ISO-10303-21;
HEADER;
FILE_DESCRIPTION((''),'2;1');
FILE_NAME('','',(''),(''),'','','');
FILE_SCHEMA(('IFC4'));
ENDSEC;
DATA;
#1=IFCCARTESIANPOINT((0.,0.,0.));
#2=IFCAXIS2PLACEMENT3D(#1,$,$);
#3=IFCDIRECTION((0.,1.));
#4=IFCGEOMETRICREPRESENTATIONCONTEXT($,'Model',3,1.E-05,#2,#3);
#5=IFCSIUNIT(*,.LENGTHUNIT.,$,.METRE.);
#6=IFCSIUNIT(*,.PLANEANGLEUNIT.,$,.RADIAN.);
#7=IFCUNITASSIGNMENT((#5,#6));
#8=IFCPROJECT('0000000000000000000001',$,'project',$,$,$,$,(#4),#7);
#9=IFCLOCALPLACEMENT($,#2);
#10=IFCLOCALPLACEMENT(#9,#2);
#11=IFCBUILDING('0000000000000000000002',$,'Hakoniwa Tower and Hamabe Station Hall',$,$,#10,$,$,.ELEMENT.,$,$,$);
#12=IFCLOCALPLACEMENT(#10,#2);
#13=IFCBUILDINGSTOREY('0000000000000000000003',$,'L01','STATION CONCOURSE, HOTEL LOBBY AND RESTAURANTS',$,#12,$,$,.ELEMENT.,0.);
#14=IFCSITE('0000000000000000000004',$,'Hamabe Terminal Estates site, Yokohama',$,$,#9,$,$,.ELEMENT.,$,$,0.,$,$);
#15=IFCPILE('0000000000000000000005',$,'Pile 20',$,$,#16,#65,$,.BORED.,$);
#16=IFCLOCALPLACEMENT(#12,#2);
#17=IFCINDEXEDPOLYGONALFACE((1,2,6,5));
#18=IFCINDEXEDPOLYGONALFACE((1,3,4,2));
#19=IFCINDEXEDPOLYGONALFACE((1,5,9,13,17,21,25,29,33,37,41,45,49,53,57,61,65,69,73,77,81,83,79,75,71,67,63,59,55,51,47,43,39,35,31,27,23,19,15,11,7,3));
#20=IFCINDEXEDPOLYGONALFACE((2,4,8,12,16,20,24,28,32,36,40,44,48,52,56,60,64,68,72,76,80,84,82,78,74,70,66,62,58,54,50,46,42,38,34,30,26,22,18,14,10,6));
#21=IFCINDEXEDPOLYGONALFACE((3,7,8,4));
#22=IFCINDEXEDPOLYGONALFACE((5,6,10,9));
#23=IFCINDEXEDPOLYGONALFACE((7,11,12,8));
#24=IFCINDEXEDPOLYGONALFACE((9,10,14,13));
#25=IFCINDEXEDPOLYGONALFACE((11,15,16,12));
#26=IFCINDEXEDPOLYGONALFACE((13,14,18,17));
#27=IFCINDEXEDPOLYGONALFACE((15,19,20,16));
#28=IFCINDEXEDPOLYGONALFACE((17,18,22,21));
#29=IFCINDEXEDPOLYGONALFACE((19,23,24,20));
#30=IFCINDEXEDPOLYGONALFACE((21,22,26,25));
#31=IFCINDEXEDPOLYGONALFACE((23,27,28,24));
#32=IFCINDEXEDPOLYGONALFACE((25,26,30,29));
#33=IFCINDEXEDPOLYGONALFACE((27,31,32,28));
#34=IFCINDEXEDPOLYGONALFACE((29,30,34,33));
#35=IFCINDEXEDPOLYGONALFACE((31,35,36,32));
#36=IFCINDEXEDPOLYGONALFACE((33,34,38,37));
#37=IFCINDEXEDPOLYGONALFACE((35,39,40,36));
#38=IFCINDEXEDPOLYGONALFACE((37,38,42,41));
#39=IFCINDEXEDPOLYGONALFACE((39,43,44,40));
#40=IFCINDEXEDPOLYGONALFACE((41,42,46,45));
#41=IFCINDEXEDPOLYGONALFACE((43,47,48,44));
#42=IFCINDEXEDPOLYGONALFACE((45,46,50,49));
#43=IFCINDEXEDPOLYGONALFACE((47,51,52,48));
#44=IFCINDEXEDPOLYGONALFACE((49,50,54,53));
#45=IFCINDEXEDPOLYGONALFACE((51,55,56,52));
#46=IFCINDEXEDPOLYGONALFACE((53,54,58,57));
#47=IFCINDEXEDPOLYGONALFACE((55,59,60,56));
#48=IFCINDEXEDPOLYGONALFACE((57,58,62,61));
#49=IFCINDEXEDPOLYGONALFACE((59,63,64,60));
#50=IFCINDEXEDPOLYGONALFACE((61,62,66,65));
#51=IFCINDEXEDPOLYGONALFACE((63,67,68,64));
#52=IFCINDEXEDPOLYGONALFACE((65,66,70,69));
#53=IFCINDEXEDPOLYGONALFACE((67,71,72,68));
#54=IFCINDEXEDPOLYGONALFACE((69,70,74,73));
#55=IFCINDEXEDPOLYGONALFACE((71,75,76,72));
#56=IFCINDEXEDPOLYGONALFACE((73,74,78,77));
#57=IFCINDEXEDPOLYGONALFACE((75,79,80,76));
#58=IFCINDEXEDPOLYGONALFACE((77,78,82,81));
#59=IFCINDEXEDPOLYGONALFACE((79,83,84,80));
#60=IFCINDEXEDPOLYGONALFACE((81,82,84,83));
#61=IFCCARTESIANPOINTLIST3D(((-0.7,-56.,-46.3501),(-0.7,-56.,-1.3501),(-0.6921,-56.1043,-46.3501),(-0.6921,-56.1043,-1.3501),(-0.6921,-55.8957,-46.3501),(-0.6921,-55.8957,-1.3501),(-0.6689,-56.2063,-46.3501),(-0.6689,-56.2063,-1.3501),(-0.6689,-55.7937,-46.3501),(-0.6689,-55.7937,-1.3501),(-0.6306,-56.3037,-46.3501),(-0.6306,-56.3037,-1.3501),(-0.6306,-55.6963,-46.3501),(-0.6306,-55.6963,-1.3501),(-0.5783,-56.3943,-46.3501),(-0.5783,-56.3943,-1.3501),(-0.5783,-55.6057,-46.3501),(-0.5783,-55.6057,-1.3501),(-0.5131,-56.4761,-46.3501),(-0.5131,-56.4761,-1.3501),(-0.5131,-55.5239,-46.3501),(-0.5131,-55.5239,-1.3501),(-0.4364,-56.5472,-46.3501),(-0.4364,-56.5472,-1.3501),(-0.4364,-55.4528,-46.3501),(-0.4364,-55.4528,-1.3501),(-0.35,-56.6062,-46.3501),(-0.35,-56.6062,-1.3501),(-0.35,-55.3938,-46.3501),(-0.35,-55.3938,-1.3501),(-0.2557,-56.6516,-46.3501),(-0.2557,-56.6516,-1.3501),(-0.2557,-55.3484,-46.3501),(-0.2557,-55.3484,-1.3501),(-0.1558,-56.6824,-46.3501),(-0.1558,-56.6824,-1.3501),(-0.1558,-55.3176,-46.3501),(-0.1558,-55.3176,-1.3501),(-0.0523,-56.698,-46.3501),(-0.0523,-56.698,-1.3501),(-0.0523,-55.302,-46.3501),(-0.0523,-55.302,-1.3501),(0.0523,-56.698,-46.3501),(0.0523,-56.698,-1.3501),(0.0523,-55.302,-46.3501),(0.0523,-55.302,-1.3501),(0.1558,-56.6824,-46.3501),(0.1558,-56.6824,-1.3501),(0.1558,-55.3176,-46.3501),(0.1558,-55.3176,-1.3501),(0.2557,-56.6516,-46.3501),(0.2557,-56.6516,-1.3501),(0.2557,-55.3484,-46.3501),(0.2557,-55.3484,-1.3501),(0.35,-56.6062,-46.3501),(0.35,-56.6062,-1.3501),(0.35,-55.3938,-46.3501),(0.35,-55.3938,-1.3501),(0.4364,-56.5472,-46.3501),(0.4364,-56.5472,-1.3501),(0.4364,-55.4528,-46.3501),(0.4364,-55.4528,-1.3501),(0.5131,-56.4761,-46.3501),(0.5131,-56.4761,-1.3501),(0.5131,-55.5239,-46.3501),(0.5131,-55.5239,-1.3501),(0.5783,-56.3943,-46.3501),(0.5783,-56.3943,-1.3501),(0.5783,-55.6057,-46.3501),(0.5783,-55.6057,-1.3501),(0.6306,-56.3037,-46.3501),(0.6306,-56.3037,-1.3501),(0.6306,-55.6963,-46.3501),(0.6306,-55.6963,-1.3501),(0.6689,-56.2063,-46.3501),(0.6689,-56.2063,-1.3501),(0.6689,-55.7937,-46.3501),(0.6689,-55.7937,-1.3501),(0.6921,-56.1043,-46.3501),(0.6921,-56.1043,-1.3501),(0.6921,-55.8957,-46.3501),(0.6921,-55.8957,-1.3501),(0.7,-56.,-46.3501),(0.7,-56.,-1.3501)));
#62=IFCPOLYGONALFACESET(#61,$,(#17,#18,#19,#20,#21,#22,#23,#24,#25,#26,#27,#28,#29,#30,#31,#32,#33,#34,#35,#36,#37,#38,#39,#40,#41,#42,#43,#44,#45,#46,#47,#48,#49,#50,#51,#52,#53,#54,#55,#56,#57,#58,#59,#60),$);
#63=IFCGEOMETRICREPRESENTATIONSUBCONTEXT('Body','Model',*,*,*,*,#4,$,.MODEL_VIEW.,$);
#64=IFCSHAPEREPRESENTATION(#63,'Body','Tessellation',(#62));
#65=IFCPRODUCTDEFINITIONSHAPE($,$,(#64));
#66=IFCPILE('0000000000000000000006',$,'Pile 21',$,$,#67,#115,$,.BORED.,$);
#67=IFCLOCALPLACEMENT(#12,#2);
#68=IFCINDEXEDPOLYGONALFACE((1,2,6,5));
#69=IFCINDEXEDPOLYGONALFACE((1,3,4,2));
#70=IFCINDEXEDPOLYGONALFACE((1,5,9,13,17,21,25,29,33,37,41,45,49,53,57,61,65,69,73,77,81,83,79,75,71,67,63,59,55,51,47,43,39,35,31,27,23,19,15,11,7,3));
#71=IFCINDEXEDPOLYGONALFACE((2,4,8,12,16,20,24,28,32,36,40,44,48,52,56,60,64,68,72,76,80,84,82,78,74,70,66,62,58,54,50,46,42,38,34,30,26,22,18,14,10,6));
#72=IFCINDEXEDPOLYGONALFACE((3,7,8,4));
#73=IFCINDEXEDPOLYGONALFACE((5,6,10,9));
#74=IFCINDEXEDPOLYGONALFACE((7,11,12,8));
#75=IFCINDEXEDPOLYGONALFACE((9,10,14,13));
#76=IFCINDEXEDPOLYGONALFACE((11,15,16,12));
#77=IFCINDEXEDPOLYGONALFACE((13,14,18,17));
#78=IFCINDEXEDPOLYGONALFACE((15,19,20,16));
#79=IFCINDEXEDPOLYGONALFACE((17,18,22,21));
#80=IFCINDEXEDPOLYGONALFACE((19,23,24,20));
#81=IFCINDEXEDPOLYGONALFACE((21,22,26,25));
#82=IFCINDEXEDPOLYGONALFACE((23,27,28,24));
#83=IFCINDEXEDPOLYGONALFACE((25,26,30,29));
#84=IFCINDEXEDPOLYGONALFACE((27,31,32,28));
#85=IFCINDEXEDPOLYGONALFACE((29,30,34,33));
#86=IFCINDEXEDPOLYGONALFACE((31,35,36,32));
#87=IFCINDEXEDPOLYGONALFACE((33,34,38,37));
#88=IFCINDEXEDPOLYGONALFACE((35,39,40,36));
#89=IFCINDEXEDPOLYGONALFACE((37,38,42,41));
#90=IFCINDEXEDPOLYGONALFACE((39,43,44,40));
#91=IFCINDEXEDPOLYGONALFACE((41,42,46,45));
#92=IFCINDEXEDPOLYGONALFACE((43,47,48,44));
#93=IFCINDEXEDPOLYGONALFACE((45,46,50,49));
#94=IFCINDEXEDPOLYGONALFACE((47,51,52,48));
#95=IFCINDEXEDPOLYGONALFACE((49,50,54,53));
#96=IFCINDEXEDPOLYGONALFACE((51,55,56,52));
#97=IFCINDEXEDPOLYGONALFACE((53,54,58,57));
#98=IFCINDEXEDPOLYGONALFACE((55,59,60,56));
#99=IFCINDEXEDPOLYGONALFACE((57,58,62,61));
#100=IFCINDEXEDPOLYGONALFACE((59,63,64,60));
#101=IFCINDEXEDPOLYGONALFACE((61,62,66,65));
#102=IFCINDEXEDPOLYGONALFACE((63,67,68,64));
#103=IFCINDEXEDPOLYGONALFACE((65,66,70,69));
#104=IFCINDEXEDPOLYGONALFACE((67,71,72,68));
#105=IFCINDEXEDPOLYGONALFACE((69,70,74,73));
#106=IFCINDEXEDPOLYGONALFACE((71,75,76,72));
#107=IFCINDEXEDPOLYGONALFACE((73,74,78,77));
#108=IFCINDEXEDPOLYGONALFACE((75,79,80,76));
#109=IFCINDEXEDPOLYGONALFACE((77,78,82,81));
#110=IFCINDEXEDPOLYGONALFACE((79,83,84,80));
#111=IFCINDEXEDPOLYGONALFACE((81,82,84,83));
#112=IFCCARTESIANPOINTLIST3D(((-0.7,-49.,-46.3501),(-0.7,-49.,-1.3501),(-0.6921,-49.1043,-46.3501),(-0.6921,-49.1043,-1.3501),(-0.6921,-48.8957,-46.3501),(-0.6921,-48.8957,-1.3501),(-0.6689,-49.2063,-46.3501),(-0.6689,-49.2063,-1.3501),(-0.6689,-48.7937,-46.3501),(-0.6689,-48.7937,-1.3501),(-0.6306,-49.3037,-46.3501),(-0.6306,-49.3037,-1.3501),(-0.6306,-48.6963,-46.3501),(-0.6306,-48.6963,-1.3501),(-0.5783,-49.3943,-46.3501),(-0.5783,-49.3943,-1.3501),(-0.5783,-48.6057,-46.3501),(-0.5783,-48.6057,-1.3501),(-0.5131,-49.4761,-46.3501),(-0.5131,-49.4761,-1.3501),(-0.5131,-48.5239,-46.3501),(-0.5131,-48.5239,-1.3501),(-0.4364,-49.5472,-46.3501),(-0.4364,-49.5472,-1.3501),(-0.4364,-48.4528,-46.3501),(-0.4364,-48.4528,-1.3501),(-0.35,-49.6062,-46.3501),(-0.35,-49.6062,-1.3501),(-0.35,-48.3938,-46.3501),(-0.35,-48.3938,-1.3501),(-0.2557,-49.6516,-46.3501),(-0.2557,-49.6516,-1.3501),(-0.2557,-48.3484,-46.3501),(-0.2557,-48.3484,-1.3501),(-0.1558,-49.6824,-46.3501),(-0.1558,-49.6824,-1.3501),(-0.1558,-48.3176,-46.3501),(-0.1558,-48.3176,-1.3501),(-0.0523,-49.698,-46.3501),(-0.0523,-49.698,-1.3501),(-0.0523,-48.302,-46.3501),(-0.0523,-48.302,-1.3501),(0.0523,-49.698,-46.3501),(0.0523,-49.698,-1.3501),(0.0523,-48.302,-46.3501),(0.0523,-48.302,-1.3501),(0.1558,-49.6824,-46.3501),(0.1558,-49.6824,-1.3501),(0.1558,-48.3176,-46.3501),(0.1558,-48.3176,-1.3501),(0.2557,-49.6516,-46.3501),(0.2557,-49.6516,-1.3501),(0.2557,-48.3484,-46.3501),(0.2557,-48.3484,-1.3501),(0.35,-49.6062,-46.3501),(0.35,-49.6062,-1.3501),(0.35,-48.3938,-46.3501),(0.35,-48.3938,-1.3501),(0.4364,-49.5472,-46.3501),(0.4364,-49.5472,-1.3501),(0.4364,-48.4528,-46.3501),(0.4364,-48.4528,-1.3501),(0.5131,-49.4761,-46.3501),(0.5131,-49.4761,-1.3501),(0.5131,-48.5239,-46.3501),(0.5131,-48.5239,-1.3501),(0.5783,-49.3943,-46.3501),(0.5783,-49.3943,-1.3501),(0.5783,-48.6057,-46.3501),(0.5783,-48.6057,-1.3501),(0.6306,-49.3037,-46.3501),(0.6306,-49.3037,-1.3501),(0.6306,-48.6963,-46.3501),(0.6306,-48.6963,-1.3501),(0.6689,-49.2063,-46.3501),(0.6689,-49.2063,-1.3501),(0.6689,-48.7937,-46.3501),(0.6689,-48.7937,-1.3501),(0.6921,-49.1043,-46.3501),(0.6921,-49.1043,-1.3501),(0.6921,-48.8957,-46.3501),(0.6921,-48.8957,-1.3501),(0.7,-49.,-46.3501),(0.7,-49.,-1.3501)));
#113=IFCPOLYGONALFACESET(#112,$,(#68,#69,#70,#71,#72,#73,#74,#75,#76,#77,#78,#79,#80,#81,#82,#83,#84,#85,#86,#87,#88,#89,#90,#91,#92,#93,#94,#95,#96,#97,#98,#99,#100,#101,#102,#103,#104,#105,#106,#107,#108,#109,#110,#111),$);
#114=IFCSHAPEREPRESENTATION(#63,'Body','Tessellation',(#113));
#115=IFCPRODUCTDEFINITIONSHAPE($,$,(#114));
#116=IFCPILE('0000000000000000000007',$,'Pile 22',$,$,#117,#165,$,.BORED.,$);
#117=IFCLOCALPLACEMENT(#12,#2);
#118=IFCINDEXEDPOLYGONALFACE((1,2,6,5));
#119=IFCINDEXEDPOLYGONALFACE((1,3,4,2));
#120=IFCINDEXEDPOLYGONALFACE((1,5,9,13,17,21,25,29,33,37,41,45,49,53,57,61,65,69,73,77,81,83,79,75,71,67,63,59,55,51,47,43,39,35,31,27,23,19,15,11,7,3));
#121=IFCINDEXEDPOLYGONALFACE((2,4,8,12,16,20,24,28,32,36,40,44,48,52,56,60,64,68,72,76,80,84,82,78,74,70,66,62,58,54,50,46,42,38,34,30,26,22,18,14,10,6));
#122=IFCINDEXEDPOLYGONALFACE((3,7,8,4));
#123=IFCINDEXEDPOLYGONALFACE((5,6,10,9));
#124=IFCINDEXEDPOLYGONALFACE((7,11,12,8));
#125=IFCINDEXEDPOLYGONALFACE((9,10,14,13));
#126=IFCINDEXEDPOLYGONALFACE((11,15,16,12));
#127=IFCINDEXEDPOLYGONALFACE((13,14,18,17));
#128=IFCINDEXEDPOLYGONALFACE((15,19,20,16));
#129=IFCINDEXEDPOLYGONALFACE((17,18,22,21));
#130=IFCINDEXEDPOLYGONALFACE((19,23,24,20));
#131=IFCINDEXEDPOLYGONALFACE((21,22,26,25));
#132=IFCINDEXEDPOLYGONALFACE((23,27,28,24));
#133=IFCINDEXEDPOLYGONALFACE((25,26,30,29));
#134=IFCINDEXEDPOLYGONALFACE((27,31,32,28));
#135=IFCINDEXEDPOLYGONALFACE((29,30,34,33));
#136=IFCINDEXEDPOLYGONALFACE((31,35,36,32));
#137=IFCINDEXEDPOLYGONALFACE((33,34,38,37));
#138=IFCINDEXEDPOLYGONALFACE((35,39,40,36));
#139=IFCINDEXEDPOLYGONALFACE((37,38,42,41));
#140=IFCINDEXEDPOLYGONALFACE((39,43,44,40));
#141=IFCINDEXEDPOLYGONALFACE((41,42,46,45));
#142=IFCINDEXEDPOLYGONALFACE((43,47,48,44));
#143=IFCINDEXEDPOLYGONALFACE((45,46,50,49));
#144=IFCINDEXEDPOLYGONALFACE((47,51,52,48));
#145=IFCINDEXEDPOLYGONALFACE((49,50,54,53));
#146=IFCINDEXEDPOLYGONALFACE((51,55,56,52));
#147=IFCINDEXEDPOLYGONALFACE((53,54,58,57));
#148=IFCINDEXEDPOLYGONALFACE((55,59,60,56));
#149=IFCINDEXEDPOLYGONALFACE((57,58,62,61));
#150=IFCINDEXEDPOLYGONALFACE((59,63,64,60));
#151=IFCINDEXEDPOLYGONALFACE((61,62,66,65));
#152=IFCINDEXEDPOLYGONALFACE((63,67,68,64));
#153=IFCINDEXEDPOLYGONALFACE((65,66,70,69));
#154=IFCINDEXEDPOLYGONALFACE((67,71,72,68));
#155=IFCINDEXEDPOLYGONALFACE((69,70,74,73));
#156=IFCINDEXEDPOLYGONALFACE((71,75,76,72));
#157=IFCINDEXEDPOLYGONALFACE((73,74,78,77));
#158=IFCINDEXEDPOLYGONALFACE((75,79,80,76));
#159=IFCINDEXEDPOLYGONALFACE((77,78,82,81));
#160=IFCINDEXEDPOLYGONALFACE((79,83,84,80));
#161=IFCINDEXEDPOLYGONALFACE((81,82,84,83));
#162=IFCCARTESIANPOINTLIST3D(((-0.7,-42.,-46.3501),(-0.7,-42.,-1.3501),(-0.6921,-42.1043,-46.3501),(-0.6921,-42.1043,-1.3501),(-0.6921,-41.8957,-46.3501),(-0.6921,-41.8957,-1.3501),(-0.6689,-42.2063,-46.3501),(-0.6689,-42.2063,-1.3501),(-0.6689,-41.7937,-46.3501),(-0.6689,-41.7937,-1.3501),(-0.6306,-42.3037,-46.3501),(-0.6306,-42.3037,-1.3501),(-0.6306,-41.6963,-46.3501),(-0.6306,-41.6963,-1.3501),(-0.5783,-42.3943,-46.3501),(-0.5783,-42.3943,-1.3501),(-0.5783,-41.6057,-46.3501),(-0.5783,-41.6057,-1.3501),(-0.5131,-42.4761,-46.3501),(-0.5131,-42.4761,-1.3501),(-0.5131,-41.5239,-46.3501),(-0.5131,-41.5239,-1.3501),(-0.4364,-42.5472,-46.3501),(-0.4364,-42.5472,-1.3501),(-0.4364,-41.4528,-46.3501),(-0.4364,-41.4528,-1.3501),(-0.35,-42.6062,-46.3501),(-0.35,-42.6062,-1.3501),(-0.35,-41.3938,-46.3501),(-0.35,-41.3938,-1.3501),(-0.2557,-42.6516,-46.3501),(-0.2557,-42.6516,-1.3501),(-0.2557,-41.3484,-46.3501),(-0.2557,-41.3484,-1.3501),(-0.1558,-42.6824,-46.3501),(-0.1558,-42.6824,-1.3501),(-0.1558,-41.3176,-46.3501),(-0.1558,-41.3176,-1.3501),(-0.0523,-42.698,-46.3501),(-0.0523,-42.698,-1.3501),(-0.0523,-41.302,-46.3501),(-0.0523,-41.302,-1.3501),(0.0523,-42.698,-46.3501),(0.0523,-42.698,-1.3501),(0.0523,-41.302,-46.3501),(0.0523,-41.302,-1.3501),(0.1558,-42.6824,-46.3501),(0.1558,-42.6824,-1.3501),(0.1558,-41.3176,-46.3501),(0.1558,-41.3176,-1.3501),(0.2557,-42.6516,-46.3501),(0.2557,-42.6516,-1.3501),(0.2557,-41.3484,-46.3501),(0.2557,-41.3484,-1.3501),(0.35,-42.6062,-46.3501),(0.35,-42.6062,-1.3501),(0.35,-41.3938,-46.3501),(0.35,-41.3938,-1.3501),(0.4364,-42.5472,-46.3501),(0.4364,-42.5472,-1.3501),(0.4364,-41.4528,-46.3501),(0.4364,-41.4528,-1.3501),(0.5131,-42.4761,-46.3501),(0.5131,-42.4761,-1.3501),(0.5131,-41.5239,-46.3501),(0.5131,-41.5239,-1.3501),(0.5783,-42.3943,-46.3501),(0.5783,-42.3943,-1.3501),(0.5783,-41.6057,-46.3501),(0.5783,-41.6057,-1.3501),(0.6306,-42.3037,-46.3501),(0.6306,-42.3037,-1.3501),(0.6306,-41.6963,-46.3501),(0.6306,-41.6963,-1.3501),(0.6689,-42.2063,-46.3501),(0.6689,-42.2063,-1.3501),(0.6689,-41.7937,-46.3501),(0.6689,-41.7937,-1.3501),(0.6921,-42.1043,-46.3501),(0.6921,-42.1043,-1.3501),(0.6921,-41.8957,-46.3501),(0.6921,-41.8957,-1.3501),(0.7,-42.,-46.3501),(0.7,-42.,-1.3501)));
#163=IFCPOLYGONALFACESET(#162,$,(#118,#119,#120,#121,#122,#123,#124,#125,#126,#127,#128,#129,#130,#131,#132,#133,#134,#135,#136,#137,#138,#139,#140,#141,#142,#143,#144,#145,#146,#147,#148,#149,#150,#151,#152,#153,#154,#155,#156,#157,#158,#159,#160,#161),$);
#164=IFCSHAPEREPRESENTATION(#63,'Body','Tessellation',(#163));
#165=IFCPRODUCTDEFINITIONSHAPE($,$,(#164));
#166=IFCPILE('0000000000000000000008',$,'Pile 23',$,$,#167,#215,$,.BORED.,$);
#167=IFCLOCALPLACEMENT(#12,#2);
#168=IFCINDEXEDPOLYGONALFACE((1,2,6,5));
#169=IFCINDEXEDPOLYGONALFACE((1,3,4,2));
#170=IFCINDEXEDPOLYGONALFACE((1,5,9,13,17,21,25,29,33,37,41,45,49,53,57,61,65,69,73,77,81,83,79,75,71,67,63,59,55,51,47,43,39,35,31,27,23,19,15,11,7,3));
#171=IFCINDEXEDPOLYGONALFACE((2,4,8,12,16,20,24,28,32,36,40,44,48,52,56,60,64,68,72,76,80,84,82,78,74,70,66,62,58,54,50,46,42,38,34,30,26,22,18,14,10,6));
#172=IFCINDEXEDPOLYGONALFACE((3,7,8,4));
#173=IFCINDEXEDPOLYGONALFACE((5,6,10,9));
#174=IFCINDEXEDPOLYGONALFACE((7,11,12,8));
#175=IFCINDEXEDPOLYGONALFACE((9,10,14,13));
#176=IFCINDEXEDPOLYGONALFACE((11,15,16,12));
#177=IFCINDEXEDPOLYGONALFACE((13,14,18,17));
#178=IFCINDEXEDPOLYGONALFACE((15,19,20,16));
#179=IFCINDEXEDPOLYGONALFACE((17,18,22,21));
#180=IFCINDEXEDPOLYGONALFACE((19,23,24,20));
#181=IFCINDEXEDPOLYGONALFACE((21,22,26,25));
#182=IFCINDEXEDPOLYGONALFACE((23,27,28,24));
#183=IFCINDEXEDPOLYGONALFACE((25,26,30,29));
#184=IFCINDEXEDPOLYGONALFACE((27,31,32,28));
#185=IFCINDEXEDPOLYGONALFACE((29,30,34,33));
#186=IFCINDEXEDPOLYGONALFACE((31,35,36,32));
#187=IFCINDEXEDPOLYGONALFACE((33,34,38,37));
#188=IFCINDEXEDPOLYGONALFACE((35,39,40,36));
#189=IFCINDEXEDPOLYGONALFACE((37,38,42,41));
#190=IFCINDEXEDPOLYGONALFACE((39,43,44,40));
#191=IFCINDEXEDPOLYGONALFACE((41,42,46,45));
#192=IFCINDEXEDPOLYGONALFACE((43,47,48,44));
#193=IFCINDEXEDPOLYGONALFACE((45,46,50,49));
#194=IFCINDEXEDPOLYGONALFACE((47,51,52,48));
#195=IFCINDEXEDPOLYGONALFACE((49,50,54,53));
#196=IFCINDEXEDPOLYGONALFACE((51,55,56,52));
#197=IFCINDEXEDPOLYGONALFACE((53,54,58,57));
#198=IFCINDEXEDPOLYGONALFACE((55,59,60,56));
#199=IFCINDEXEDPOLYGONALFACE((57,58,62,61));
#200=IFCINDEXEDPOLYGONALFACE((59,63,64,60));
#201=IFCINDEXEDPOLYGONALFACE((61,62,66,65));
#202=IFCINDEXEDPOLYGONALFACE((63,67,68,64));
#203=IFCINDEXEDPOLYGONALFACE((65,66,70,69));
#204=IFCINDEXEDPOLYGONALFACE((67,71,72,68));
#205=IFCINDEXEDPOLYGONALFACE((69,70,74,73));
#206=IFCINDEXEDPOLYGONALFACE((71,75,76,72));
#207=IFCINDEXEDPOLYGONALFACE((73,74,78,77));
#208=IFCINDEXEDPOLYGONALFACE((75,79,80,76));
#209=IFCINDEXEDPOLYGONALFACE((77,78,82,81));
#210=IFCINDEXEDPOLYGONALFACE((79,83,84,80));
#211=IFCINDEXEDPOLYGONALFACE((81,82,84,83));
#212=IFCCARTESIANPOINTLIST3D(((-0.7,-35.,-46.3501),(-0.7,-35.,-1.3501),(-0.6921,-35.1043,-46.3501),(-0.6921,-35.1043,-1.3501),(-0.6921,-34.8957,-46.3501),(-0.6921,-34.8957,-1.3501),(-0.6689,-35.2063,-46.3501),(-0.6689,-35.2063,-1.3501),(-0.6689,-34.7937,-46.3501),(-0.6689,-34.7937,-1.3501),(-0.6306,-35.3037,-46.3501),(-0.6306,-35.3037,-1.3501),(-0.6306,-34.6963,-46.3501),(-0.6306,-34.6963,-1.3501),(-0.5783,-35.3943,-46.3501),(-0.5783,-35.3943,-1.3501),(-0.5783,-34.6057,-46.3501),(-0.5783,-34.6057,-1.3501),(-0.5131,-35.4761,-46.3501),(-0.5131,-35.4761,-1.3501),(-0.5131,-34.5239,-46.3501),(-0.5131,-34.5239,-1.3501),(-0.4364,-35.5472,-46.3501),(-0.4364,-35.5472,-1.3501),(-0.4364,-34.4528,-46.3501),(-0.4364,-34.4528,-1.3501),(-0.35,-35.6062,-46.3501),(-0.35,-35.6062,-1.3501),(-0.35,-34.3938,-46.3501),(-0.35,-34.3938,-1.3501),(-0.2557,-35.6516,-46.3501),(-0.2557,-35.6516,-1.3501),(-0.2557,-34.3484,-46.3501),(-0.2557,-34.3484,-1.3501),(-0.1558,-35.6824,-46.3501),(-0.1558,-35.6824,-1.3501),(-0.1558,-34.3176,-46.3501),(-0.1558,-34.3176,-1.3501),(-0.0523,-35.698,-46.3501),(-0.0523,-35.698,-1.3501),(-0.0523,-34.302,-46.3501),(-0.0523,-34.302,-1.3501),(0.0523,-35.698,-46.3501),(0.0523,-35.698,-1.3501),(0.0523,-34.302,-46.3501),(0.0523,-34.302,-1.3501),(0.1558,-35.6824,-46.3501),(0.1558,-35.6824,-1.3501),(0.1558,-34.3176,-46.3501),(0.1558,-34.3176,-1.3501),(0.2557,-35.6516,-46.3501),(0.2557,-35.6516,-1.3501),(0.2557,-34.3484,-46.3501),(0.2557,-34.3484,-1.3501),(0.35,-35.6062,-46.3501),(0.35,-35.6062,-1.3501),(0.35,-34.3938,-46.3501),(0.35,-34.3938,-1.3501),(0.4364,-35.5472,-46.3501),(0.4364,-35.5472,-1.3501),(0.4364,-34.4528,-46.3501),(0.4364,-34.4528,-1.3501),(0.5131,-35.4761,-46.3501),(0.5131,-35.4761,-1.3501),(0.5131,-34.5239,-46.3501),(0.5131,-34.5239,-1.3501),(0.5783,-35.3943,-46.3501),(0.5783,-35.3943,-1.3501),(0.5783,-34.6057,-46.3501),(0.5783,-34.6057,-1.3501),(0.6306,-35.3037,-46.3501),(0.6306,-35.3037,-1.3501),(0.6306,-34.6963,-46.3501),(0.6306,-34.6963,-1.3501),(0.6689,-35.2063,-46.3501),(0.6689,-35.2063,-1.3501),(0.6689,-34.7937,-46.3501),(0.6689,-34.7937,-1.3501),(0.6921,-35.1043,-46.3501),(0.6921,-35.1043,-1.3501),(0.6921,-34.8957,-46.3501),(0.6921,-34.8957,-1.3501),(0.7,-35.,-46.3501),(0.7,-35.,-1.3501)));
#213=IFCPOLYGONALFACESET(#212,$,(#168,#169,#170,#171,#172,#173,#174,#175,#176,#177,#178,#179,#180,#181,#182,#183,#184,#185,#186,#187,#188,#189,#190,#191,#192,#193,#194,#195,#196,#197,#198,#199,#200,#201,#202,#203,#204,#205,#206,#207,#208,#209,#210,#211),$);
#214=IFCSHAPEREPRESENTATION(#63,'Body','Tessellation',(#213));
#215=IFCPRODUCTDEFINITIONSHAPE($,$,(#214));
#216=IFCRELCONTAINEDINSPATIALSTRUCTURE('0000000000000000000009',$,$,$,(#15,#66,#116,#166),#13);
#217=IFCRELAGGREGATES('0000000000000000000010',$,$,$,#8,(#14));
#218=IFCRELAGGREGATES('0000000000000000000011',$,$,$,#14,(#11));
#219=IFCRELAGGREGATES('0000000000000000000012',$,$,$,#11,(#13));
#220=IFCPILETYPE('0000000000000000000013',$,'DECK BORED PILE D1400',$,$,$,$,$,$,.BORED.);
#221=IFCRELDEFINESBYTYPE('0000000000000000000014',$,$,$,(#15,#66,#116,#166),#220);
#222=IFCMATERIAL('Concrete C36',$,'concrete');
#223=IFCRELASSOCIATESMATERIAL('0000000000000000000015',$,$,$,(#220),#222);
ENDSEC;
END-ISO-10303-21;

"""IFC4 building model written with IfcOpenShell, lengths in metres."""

from ifc_helpers import new_model, si_unit, direction, frame, origin, origin_2d, place, context, subcontext, project, spatial, circle, extrude, material, material_profile, profile_set, type_object, element, save


model = new_model("IFC4")

# Units and contexts
model_context = context("Model", 3, precision=1e-05, world=origin(), true_north=direction((0.0, 1.0)))
body_context = subcontext(model_context, "Body", "Model", "MODEL_VIEW")
ifc_project = project(units=[si_unit("LENGTHUNIT", "METRE"), si_unit("PLANEANGLEUNIT", "RADIAN")], contexts=[model_context])

# Site, building, storey
site_placement = place(None, origin())
site = spatial("IfcSite", under=ifc_project, at=site_placement, Name="Hamabe Terminal Estates site, Yokohama", CompositionType="ELEMENT", RefElevation=0.0)
building_placement = place(site_placement, origin())
building = spatial("IfcBuilding", under=site, at=building_placement, Name="Hakoniwa Tower and Hamabe Station Hall", CompositionType="ELEMENT")
storey_placement = place(building_placement, origin())
storey = spatial("IfcBuildingStorey", under=building, at=storey_placement, Name="L01", Description="STATION CONCOURSE, HOTEL LOBBY AND RESTAURANTS", CompositionType="ELEMENT", Elevation=0.0)

# Piles
ifc_material_1 = material(Name="Concrete C36", Category="concrete")
ifc_material_profile_1 = material_profile(ifc_material_1, circle(Radius=0.7, at=origin_2d()), Name="DECK BORED PILE D1400")
ifc_profile_set_1 = profile_set([ifc_material_profile_1], Name="Concrete C36")
pile_type = type_object("IfcPileType", Name="DECK BORED PILE D1400", PredefinedType="BORED", material=ifc_profile_set_1)
for number, where, z_axis, x_axis, name in (
    (1, (0.0, -56.0, -1.3501), (0.0, 0.0, -1.0), (1.0, 0.0, 0.0), "Pile 20"),
    (2, (0.0, -49.0, -1.3501), (0.0, 0.0, -1.0), (1.0, 0.0, 0.0), "Pile 21"),
    (3, (0.0, -42.0, -1.3501), (0.0, 0.0, -1.0), (1.0, 0.0, 0.0), "Pile 22"),
    (4, (0.0, -35.0, -1.3501), (0.0, 0.0, -1.0), (1.0, 0.0, 0.0), "Pile 23"),
):
    element("IfcPile", number, at=place(storey_placement, frame(where, z_axis=z_axis, x_axis=x_axis)), inside=storey, type_object=pile_type, Name=name, PredefinedType="BORED", context=body_context, shape_type="SweptSolid", body=[
        extrude(circle(Radius=0.7, at=origin_2d()), origin(), (0.0, 0.0, 1.0), 45.0),
    ])

save(model, "model.ifc")
